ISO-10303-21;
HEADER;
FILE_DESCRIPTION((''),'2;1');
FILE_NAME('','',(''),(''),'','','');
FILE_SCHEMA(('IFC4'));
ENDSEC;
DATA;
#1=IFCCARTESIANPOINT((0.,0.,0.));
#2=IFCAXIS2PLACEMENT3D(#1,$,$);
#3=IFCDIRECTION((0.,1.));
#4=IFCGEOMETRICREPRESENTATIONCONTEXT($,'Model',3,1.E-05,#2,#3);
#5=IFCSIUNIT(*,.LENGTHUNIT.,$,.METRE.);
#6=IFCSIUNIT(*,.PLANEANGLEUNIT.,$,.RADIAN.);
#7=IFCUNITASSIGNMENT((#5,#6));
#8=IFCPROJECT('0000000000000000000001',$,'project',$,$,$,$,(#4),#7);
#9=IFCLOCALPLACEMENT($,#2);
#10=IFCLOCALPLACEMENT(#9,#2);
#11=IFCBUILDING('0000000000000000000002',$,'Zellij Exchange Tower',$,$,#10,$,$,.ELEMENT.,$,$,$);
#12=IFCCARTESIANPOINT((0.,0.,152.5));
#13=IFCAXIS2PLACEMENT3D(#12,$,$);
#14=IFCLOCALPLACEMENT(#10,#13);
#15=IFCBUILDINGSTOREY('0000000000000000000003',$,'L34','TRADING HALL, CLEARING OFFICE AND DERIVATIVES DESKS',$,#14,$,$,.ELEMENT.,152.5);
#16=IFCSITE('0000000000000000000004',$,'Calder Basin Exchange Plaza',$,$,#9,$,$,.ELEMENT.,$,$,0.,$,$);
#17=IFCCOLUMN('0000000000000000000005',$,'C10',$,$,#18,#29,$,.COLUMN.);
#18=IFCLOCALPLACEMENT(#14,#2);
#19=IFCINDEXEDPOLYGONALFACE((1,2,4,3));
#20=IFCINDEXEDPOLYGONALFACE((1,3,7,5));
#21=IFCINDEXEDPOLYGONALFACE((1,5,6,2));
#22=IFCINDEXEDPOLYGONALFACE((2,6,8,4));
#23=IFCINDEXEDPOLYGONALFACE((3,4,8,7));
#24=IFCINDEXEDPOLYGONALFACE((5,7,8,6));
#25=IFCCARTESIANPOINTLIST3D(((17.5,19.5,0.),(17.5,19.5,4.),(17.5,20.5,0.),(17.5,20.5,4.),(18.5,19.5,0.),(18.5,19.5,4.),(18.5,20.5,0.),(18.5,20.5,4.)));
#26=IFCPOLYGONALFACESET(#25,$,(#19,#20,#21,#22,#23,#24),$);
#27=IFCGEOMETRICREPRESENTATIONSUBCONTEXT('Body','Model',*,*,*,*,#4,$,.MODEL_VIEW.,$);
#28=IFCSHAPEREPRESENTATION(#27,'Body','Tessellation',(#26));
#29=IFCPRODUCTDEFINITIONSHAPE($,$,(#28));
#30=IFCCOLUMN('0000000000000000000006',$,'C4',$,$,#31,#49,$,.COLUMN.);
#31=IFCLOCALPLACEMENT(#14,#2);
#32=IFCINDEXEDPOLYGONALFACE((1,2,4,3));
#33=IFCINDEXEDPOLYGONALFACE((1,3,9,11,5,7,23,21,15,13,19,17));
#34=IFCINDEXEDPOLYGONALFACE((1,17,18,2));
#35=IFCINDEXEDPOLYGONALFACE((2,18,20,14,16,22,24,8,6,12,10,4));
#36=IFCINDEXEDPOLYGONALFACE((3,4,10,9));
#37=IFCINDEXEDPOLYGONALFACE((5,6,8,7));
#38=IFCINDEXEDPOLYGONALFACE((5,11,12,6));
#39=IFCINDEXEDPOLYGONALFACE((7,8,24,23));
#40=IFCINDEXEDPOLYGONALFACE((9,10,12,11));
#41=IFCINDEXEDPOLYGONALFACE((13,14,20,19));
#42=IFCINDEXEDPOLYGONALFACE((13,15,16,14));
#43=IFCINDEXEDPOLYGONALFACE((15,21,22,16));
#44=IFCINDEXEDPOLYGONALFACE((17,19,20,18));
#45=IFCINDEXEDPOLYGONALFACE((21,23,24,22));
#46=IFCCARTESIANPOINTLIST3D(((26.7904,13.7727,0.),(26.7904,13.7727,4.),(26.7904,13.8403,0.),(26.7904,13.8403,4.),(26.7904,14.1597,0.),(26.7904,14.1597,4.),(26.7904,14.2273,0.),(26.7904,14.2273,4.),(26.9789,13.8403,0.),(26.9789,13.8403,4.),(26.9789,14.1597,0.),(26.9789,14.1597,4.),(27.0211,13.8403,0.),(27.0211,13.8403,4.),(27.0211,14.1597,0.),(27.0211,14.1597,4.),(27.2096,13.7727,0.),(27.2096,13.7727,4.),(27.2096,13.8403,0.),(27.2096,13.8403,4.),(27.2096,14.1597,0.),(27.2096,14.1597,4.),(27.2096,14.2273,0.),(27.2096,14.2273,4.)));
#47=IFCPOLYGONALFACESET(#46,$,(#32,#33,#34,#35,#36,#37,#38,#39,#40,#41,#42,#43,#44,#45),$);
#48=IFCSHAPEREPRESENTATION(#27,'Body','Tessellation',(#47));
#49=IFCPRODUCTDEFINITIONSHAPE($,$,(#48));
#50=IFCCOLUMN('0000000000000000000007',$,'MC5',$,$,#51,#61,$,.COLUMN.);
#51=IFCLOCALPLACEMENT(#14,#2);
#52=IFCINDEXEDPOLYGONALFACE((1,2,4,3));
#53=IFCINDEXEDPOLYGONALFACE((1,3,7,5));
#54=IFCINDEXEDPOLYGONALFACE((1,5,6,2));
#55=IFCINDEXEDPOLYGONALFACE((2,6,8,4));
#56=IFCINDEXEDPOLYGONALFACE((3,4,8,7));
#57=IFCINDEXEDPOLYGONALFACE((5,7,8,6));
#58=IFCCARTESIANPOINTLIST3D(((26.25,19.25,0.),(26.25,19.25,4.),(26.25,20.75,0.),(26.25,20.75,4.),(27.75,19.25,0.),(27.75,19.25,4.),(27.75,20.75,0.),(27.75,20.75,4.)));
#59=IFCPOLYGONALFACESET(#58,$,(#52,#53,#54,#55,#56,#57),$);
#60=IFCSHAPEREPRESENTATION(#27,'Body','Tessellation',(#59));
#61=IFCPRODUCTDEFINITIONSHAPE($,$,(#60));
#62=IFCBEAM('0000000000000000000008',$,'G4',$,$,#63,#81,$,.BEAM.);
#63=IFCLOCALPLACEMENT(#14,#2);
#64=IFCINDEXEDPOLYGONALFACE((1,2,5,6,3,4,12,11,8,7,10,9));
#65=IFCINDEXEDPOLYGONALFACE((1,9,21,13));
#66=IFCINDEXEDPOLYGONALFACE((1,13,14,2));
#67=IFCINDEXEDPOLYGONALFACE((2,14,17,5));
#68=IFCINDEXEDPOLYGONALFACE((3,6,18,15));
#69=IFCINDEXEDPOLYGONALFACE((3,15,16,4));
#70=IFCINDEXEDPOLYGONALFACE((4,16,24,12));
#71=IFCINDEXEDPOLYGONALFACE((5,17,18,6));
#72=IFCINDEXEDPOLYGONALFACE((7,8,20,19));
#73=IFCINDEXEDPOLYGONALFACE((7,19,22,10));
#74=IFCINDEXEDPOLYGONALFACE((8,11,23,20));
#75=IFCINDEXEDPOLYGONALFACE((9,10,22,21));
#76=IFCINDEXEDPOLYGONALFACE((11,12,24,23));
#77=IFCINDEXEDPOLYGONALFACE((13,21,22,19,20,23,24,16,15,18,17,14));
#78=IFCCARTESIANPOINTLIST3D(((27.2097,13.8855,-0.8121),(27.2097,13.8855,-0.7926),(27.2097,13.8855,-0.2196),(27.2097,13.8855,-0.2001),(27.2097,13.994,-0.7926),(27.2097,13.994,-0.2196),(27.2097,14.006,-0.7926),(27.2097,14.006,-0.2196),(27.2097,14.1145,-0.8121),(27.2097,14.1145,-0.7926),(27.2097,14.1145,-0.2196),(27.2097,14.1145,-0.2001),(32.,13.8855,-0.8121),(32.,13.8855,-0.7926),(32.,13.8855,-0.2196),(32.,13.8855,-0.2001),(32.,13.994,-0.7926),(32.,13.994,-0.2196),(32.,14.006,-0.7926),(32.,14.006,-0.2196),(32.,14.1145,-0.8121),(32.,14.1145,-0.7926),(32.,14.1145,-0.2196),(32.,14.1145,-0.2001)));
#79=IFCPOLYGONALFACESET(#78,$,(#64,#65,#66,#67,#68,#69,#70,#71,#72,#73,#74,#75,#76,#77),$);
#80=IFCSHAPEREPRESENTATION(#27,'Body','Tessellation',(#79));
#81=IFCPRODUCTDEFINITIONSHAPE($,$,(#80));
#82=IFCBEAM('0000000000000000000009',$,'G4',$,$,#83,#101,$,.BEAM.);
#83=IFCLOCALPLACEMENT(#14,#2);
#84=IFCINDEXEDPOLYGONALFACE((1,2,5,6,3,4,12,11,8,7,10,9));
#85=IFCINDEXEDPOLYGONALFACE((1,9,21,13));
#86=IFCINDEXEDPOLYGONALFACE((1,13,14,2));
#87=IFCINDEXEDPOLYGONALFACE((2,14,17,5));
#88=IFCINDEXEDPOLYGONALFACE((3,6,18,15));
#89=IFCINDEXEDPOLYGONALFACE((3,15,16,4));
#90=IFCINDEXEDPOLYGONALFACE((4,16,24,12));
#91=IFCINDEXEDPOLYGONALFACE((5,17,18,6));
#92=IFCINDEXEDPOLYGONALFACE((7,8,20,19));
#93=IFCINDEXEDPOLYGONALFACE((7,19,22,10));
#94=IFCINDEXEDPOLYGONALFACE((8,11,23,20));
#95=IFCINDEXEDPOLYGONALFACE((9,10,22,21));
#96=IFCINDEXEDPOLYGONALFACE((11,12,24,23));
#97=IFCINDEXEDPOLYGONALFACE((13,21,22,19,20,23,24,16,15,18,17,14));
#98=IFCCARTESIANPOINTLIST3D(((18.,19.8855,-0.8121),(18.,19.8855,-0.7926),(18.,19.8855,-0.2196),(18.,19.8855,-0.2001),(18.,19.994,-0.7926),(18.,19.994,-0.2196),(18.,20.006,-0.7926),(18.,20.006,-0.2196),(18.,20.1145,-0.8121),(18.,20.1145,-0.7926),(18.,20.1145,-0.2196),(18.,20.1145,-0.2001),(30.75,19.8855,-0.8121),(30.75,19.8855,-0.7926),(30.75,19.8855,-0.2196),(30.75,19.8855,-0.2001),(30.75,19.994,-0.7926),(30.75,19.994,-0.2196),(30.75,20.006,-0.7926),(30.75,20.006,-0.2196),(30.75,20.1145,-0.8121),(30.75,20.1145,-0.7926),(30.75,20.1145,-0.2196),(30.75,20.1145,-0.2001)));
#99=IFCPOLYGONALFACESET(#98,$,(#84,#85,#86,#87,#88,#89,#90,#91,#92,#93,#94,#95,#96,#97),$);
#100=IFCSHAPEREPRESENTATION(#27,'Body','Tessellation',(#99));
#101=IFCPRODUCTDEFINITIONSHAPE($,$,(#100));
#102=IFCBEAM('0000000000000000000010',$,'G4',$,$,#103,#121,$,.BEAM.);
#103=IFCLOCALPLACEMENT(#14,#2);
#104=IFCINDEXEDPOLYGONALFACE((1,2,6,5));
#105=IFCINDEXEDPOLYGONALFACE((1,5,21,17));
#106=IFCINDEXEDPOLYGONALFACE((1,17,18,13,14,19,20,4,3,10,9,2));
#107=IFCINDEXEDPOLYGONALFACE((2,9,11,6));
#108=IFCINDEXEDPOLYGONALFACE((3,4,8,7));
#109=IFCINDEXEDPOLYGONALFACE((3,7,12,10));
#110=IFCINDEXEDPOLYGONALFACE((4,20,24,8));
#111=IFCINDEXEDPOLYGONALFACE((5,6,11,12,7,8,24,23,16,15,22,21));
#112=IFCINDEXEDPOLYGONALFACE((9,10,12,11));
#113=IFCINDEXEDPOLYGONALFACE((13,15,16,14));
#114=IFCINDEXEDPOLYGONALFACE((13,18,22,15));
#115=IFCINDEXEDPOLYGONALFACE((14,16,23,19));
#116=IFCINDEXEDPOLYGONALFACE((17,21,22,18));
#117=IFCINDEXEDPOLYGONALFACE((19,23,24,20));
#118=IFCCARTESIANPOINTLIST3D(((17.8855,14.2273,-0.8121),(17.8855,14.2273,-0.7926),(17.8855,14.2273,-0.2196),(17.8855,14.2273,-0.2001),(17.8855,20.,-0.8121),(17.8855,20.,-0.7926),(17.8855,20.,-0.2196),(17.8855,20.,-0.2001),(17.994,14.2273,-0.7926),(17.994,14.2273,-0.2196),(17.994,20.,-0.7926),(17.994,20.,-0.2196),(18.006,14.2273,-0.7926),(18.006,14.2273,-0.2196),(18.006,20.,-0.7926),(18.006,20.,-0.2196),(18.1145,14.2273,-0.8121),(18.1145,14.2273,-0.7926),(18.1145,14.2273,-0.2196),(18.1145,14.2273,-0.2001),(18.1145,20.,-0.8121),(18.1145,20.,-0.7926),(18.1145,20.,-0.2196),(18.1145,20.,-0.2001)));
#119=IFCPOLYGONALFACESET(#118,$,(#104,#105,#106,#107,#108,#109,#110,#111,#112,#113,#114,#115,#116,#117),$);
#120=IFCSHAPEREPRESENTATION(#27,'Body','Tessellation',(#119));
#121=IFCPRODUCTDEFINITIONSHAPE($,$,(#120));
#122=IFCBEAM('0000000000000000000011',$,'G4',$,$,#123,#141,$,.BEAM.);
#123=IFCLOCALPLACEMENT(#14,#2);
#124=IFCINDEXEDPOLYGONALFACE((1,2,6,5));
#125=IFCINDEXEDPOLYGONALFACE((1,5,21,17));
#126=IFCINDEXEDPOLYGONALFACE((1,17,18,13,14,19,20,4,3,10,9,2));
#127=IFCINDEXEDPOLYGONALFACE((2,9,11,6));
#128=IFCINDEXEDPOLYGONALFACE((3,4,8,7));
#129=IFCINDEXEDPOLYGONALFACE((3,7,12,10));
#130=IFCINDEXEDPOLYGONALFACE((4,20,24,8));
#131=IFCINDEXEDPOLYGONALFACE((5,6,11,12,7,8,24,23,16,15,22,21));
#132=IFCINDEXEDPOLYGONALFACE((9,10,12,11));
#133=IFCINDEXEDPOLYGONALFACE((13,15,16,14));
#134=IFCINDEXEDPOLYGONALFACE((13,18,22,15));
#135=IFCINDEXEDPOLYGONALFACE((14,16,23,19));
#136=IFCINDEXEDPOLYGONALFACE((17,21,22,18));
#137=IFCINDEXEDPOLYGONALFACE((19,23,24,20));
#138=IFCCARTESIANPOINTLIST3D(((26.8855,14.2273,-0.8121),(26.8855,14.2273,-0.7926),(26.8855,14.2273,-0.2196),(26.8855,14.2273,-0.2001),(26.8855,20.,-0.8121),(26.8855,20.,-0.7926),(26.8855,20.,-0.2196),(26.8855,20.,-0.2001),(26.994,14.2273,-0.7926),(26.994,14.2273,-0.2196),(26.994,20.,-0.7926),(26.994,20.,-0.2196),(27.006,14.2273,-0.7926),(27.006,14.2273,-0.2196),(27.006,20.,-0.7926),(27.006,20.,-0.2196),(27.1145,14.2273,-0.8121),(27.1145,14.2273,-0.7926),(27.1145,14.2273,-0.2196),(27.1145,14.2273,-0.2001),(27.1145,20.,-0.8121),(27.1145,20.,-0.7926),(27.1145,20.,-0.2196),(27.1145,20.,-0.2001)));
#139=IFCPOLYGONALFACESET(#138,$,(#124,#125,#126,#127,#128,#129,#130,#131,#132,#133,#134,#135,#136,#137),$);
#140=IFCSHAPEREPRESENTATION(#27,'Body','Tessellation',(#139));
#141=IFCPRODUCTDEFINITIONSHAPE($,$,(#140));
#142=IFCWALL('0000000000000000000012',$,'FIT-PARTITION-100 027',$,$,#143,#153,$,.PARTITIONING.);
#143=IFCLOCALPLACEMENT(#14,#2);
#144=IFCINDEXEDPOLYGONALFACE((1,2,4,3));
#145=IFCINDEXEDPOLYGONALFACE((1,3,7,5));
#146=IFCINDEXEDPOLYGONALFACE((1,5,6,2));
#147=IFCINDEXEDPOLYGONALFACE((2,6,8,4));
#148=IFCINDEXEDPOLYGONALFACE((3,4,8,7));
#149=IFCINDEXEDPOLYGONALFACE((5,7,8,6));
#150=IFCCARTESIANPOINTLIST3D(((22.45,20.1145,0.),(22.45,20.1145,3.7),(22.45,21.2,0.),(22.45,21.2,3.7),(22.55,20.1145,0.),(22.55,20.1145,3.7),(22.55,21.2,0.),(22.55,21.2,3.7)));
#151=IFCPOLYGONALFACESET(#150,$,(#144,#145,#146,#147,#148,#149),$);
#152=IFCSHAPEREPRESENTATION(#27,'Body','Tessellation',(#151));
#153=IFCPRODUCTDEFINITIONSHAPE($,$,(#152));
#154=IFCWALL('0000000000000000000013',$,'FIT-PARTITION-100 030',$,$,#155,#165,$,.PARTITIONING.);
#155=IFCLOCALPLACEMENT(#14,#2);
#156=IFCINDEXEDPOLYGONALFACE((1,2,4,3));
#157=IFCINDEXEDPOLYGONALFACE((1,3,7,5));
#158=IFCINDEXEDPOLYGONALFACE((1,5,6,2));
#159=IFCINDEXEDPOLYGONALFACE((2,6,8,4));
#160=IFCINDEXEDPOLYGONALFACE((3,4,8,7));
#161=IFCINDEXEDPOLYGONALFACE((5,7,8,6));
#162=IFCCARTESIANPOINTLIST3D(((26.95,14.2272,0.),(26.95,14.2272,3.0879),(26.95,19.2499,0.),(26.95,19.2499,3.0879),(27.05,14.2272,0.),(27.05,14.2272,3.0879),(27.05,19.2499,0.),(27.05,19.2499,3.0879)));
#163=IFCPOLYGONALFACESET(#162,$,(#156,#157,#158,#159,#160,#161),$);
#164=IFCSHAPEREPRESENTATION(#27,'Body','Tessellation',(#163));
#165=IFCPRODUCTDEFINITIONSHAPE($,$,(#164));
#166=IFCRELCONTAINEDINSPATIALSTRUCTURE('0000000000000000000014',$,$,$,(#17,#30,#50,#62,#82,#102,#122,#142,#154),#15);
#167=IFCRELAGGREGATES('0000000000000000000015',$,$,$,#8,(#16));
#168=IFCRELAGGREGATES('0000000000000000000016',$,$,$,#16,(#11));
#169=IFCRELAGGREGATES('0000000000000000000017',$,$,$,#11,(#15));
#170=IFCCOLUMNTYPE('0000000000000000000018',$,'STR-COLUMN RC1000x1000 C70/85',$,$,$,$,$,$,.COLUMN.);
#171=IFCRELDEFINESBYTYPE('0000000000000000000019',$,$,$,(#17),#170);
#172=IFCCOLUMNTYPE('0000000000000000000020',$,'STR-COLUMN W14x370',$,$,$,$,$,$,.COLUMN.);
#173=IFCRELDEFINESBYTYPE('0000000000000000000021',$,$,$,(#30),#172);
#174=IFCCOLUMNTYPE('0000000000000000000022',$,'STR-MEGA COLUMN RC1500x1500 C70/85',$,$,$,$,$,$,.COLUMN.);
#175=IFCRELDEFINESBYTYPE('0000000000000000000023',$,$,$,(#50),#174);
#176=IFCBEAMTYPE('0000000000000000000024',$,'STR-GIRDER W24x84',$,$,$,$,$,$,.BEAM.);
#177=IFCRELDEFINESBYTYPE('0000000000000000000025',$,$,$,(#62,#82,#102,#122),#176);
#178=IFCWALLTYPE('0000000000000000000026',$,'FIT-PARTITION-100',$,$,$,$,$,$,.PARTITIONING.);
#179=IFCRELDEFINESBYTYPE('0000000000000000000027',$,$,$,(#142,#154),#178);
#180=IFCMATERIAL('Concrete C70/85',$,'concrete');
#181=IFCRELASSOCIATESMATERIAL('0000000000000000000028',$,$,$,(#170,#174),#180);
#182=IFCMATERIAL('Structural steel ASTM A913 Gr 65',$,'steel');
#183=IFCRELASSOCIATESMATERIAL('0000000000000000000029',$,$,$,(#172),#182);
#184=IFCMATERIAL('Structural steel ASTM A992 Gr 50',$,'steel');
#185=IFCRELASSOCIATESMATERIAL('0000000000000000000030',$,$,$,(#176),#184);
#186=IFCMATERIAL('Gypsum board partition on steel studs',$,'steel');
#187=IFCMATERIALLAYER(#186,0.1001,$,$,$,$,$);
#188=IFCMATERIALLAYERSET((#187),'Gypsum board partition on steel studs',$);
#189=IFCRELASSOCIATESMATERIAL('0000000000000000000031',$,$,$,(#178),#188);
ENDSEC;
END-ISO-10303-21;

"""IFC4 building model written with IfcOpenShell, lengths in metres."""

from ifc_helpers import new_model, si_unit, direction, frame, frame_2d, origin, origin_2d, place, context, subcontext, project, spatial, rectangle, i_section, extrude, material, layer, layer_set, material_profile, profile_set, type_object, element, save


model = new_model("IFC4")

# Units and contexts
model_context = context("Model", 3, precision=1e-05, world=origin(), true_north=direction((0.0, 1.0)))
body_context = subcontext(model_context, "Body", "Model", "MODEL_VIEW")
ifc_project = project(units=[si_unit("LENGTHUNIT", "METRE"), si_unit("PLANEANGLEUNIT", "RADIAN")], contexts=[model_context])

# Site, building, storey
site_placement = place(None, origin())
site = spatial("IfcSite", under=ifc_project, at=site_placement, Name="Calder Basin Exchange Plaza", CompositionType="ELEMENT", RefElevation=0.0)
building_placement = place(site_placement, origin())
building = spatial("IfcBuilding", under=site, at=building_placement, Name="Zellij Exchange Tower", CompositionType="ELEMENT")
storey_placement = place(building_placement, frame((0.0, 0.0, 152.5)))
storey = spatial("IfcBuildingStorey", under=building, at=storey_placement, Name="L34", Description="TRADING HALL, CLEARING OFFICE AND DERIVATIVES DESKS", CompositionType="ELEMENT", Elevation=152.5)

# Columns
ifc_material_1 = material(Name="Concrete C70/85", Category="concrete")
ifc_material_profile_1 = material_profile(ifc_material_1, rectangle(XDim=1.0, YDim=1.0, at=origin_2d()), Name="STR-COLUMN RC1000x1000 C70/85")
ifc_profile_set_1 = profile_set([ifc_material_profile_1], Name="Concrete C70/85")
column_type_1 = type_object("IfcColumnType", Name="STR-COLUMN RC1000x1000 C70/85", PredefinedType="COLUMN", material=ifc_profile_set_1)
column_1_placement = place(storey_placement, frame((18.0, 20.0, 0.0), z_axis=(0.0, 0.0, 1.0), x_axis=(1.0, 0.0, 0.0)))
element("IfcColumn", 1, at=column_1_placement, inside=storey, type_object=column_type_1, Name="C10", PredefinedType="COLUMN", context=body_context, shape_type="SweptSolid", body=[
    extrude(rectangle(XDim=1.0, YDim=1.0, at=origin_2d()), origin(), (0.0, 0.0, 1.0), 4.0),
])
ifc_material_2 = material(Name="Structural steel ASTM A913 Gr 65", Category="steel")
ifc_material_profile_2 = material_profile(ifc_material_2, i_section(OverallWidth=0.4192, OverallDepth=0.4546, WebThickness=0.0422, FlangeThickness=0.0676, at=origin_2d()), Name="W14x370")
ifc_profile_set_2 = profile_set([ifc_material_profile_2], Name="Structural steel ASTM A913 Gr 65")
column_type_2 = type_object("IfcColumnType", Name="STR-COLUMN W14x370", PredefinedType="COLUMN", material=ifc_profile_set_2)
column_2_placement = place(storey_placement, frame((27.0, 14.0, 0.0), z_axis=(0.0, 0.0, 1.0), x_axis=(1.0, 0.0, 0.0)))
element("IfcColumn", 2, at=column_2_placement, inside=storey, type_object=column_type_2, Name="C4", PredefinedType="COLUMN", context=body_context, shape_type="SweptSolid", body=[
    extrude(i_section(OverallWidth=0.4192, OverallDepth=0.4546, WebThickness=0.0422, FlangeThickness=0.0676, at=origin_2d()), origin(), (0.0, 0.0, 1.0), 4.0),
])
ifc_material_profile_3 = material_profile(ifc_material_1, rectangle(XDim=1.5, YDim=1.5, at=origin_2d()), Name="STR-MEGA COLUMN RC1500x1500 C70/85")
ifc_profile_set_3 = profile_set([ifc_material_profile_3], Name="Concrete C70/85")
column_type_3 = type_object("IfcColumnType", Name="STR-MEGA COLUMN RC1500x1500 C70/85", PredefinedType="COLUMN", material=ifc_profile_set_3)
column_3_placement = place(storey_placement, frame((27.0, 20.0, 0.0), z_axis=(0.0, 0.0, 1.0), x_axis=(1.0, 0.0, 0.0)))
element("IfcColumn", 3, at=column_3_placement, inside=storey, type_object=column_type_3, Name="MC5", PredefinedType="COLUMN", context=body_context, shape_type="SweptSolid", body=[
    extrude(rectangle(XDim=1.5, YDim=1.5, at=origin_2d()), origin(), (0.0, 0.0, 1.0), 4.0),
])

# Beams
ifc_material_3 = material(Name="Structural steel ASTM A992 Gr 50", Category="steel")
ifc_material_profile_4 = material_profile(ifc_material_3, i_section(OverallWidth=0.229, OverallDepth=0.6121, WebThickness=0.012, FlangeThickness=0.0195, at=origin_2d()), Name="W24x84")
ifc_profile_set_4 = profile_set([ifc_material_profile_4], Name="Structural steel ASTM A992 Gr 50")
beam_type = type_object("IfcBeamType", Name="STR-GIRDER W24x84", PredefinedType="BEAM", material=ifc_profile_set_4)
beam_1_placement = place(storey_placement, frame((27.2097, 14.0, -0.5061), z_axis=(1.0, 0.0, 0.0), x_axis=(0.0, 1.0, 0.0)))
element("IfcBeam", 4, at=beam_1_placement, inside=storey, type_object=beam_type, Name="G4", PredefinedType="BEAM", context=body_context, shape_type="SweptSolid", body=[
    extrude(i_section(OverallWidth=0.229, OverallDepth=0.6121, WebThickness=0.012, FlangeThickness=0.0195, at=origin_2d()), origin(), (0.0, 0.0, 1.0), 4.7903),
])
beam_2_placement = place(storey_placement, frame((18.0, 20.0, -0.5061), z_axis=(1.0, 0.0, 0.0), x_axis=(0.0, 1.0, 0.0)))
element("IfcBeam", 5, at=beam_2_placement, inside=storey, type_object=beam_type, Name="G4", PredefinedType="BEAM", context=body_context, shape_type="SweptSolid", body=[
    extrude(i_section(OverallWidth=0.229, OverallDepth=0.6121, WebThickness=0.012, FlangeThickness=0.0195, at=origin_2d()), origin(), (0.0, 0.0, 1.0), 12.75),
])
for number, where, z_axis, x_axis, name in (
    (6, (18.0, 14.2273, -0.5061), (0.0, 1.0, 0.0), (-1.0, 0.0, 0.0), "G4"),
    (7, (27.0, 14.2273, -0.5061), (0.0, 1.0, 0.0), (-1.0, 0.0, 0.0), "G4"),
):
    element("IfcBeam", number, at=place(storey_placement, frame(where, z_axis=z_axis, x_axis=x_axis)), inside=storey, type_object=beam_type, Name=name, PredefinedType="BEAM", context=body_context, shape_type="SweptSolid", body=[
        extrude(i_section(OverallWidth=0.229, OverallDepth=0.6121, WebThickness=0.012, FlangeThickness=0.0195, at=origin_2d()), origin(), (0.0, 0.0, 1.0), 5.7727),
    ])

# Walls
ifc_material_4 = material(Name="Gypsum board partition on steel studs", Category="steel")
ifc_layer_1 = layer(ifc_material_4, 0.1001)
ifc_layer_set_1 = layer_set([ifc_layer_1], Name="Gypsum board partition on steel studs")
wall_type = type_object("IfcWallType", Name="FIT-PARTITION-100", PredefinedType="PARTITIONING", material=ifc_layer_set_1)
wall_1_placement = place(storey_placement, frame((22.5, 20.1145, 0.0), z_axis=(0.0, 0.0, 1.0), x_axis=(0.0, 1.0, 0.0)))
element("IfcWall", 8, at=wall_1_placement, inside=storey, type_object=wall_type, Name="FIT-PARTITION-100 027", PredefinedType="PARTITIONING", context=body_context, shape_type="SweptSolid", body=[
    extrude(rectangle(XDim=1.0854, YDim=0.1001, at=frame_2d((0.5427, 0.0))), origin(), (0.0, 0.0, 1.0), 3.7),
])
wall_2_placement = place(storey_placement, frame((27.0, 14.2273, 0.0), z_axis=(0.0, 0.0, 1.0), x_axis=(0.0, 1.0, 0.0)))
element("IfcWall", 9, at=wall_2_placement, inside=storey, type_object=wall_type, Name="FIT-PARTITION-100 030", PredefinedType="PARTITIONING", context=body_context, shape_type="SweptSolid", body=[
    extrude(rectangle(XDim=5.0227, YDim=0.1001, at=frame_2d((2.5112, 0.0))), origin(), (0.0, 0.0, 1.0), 3.0879),
])

save(model, "model.ifc")
